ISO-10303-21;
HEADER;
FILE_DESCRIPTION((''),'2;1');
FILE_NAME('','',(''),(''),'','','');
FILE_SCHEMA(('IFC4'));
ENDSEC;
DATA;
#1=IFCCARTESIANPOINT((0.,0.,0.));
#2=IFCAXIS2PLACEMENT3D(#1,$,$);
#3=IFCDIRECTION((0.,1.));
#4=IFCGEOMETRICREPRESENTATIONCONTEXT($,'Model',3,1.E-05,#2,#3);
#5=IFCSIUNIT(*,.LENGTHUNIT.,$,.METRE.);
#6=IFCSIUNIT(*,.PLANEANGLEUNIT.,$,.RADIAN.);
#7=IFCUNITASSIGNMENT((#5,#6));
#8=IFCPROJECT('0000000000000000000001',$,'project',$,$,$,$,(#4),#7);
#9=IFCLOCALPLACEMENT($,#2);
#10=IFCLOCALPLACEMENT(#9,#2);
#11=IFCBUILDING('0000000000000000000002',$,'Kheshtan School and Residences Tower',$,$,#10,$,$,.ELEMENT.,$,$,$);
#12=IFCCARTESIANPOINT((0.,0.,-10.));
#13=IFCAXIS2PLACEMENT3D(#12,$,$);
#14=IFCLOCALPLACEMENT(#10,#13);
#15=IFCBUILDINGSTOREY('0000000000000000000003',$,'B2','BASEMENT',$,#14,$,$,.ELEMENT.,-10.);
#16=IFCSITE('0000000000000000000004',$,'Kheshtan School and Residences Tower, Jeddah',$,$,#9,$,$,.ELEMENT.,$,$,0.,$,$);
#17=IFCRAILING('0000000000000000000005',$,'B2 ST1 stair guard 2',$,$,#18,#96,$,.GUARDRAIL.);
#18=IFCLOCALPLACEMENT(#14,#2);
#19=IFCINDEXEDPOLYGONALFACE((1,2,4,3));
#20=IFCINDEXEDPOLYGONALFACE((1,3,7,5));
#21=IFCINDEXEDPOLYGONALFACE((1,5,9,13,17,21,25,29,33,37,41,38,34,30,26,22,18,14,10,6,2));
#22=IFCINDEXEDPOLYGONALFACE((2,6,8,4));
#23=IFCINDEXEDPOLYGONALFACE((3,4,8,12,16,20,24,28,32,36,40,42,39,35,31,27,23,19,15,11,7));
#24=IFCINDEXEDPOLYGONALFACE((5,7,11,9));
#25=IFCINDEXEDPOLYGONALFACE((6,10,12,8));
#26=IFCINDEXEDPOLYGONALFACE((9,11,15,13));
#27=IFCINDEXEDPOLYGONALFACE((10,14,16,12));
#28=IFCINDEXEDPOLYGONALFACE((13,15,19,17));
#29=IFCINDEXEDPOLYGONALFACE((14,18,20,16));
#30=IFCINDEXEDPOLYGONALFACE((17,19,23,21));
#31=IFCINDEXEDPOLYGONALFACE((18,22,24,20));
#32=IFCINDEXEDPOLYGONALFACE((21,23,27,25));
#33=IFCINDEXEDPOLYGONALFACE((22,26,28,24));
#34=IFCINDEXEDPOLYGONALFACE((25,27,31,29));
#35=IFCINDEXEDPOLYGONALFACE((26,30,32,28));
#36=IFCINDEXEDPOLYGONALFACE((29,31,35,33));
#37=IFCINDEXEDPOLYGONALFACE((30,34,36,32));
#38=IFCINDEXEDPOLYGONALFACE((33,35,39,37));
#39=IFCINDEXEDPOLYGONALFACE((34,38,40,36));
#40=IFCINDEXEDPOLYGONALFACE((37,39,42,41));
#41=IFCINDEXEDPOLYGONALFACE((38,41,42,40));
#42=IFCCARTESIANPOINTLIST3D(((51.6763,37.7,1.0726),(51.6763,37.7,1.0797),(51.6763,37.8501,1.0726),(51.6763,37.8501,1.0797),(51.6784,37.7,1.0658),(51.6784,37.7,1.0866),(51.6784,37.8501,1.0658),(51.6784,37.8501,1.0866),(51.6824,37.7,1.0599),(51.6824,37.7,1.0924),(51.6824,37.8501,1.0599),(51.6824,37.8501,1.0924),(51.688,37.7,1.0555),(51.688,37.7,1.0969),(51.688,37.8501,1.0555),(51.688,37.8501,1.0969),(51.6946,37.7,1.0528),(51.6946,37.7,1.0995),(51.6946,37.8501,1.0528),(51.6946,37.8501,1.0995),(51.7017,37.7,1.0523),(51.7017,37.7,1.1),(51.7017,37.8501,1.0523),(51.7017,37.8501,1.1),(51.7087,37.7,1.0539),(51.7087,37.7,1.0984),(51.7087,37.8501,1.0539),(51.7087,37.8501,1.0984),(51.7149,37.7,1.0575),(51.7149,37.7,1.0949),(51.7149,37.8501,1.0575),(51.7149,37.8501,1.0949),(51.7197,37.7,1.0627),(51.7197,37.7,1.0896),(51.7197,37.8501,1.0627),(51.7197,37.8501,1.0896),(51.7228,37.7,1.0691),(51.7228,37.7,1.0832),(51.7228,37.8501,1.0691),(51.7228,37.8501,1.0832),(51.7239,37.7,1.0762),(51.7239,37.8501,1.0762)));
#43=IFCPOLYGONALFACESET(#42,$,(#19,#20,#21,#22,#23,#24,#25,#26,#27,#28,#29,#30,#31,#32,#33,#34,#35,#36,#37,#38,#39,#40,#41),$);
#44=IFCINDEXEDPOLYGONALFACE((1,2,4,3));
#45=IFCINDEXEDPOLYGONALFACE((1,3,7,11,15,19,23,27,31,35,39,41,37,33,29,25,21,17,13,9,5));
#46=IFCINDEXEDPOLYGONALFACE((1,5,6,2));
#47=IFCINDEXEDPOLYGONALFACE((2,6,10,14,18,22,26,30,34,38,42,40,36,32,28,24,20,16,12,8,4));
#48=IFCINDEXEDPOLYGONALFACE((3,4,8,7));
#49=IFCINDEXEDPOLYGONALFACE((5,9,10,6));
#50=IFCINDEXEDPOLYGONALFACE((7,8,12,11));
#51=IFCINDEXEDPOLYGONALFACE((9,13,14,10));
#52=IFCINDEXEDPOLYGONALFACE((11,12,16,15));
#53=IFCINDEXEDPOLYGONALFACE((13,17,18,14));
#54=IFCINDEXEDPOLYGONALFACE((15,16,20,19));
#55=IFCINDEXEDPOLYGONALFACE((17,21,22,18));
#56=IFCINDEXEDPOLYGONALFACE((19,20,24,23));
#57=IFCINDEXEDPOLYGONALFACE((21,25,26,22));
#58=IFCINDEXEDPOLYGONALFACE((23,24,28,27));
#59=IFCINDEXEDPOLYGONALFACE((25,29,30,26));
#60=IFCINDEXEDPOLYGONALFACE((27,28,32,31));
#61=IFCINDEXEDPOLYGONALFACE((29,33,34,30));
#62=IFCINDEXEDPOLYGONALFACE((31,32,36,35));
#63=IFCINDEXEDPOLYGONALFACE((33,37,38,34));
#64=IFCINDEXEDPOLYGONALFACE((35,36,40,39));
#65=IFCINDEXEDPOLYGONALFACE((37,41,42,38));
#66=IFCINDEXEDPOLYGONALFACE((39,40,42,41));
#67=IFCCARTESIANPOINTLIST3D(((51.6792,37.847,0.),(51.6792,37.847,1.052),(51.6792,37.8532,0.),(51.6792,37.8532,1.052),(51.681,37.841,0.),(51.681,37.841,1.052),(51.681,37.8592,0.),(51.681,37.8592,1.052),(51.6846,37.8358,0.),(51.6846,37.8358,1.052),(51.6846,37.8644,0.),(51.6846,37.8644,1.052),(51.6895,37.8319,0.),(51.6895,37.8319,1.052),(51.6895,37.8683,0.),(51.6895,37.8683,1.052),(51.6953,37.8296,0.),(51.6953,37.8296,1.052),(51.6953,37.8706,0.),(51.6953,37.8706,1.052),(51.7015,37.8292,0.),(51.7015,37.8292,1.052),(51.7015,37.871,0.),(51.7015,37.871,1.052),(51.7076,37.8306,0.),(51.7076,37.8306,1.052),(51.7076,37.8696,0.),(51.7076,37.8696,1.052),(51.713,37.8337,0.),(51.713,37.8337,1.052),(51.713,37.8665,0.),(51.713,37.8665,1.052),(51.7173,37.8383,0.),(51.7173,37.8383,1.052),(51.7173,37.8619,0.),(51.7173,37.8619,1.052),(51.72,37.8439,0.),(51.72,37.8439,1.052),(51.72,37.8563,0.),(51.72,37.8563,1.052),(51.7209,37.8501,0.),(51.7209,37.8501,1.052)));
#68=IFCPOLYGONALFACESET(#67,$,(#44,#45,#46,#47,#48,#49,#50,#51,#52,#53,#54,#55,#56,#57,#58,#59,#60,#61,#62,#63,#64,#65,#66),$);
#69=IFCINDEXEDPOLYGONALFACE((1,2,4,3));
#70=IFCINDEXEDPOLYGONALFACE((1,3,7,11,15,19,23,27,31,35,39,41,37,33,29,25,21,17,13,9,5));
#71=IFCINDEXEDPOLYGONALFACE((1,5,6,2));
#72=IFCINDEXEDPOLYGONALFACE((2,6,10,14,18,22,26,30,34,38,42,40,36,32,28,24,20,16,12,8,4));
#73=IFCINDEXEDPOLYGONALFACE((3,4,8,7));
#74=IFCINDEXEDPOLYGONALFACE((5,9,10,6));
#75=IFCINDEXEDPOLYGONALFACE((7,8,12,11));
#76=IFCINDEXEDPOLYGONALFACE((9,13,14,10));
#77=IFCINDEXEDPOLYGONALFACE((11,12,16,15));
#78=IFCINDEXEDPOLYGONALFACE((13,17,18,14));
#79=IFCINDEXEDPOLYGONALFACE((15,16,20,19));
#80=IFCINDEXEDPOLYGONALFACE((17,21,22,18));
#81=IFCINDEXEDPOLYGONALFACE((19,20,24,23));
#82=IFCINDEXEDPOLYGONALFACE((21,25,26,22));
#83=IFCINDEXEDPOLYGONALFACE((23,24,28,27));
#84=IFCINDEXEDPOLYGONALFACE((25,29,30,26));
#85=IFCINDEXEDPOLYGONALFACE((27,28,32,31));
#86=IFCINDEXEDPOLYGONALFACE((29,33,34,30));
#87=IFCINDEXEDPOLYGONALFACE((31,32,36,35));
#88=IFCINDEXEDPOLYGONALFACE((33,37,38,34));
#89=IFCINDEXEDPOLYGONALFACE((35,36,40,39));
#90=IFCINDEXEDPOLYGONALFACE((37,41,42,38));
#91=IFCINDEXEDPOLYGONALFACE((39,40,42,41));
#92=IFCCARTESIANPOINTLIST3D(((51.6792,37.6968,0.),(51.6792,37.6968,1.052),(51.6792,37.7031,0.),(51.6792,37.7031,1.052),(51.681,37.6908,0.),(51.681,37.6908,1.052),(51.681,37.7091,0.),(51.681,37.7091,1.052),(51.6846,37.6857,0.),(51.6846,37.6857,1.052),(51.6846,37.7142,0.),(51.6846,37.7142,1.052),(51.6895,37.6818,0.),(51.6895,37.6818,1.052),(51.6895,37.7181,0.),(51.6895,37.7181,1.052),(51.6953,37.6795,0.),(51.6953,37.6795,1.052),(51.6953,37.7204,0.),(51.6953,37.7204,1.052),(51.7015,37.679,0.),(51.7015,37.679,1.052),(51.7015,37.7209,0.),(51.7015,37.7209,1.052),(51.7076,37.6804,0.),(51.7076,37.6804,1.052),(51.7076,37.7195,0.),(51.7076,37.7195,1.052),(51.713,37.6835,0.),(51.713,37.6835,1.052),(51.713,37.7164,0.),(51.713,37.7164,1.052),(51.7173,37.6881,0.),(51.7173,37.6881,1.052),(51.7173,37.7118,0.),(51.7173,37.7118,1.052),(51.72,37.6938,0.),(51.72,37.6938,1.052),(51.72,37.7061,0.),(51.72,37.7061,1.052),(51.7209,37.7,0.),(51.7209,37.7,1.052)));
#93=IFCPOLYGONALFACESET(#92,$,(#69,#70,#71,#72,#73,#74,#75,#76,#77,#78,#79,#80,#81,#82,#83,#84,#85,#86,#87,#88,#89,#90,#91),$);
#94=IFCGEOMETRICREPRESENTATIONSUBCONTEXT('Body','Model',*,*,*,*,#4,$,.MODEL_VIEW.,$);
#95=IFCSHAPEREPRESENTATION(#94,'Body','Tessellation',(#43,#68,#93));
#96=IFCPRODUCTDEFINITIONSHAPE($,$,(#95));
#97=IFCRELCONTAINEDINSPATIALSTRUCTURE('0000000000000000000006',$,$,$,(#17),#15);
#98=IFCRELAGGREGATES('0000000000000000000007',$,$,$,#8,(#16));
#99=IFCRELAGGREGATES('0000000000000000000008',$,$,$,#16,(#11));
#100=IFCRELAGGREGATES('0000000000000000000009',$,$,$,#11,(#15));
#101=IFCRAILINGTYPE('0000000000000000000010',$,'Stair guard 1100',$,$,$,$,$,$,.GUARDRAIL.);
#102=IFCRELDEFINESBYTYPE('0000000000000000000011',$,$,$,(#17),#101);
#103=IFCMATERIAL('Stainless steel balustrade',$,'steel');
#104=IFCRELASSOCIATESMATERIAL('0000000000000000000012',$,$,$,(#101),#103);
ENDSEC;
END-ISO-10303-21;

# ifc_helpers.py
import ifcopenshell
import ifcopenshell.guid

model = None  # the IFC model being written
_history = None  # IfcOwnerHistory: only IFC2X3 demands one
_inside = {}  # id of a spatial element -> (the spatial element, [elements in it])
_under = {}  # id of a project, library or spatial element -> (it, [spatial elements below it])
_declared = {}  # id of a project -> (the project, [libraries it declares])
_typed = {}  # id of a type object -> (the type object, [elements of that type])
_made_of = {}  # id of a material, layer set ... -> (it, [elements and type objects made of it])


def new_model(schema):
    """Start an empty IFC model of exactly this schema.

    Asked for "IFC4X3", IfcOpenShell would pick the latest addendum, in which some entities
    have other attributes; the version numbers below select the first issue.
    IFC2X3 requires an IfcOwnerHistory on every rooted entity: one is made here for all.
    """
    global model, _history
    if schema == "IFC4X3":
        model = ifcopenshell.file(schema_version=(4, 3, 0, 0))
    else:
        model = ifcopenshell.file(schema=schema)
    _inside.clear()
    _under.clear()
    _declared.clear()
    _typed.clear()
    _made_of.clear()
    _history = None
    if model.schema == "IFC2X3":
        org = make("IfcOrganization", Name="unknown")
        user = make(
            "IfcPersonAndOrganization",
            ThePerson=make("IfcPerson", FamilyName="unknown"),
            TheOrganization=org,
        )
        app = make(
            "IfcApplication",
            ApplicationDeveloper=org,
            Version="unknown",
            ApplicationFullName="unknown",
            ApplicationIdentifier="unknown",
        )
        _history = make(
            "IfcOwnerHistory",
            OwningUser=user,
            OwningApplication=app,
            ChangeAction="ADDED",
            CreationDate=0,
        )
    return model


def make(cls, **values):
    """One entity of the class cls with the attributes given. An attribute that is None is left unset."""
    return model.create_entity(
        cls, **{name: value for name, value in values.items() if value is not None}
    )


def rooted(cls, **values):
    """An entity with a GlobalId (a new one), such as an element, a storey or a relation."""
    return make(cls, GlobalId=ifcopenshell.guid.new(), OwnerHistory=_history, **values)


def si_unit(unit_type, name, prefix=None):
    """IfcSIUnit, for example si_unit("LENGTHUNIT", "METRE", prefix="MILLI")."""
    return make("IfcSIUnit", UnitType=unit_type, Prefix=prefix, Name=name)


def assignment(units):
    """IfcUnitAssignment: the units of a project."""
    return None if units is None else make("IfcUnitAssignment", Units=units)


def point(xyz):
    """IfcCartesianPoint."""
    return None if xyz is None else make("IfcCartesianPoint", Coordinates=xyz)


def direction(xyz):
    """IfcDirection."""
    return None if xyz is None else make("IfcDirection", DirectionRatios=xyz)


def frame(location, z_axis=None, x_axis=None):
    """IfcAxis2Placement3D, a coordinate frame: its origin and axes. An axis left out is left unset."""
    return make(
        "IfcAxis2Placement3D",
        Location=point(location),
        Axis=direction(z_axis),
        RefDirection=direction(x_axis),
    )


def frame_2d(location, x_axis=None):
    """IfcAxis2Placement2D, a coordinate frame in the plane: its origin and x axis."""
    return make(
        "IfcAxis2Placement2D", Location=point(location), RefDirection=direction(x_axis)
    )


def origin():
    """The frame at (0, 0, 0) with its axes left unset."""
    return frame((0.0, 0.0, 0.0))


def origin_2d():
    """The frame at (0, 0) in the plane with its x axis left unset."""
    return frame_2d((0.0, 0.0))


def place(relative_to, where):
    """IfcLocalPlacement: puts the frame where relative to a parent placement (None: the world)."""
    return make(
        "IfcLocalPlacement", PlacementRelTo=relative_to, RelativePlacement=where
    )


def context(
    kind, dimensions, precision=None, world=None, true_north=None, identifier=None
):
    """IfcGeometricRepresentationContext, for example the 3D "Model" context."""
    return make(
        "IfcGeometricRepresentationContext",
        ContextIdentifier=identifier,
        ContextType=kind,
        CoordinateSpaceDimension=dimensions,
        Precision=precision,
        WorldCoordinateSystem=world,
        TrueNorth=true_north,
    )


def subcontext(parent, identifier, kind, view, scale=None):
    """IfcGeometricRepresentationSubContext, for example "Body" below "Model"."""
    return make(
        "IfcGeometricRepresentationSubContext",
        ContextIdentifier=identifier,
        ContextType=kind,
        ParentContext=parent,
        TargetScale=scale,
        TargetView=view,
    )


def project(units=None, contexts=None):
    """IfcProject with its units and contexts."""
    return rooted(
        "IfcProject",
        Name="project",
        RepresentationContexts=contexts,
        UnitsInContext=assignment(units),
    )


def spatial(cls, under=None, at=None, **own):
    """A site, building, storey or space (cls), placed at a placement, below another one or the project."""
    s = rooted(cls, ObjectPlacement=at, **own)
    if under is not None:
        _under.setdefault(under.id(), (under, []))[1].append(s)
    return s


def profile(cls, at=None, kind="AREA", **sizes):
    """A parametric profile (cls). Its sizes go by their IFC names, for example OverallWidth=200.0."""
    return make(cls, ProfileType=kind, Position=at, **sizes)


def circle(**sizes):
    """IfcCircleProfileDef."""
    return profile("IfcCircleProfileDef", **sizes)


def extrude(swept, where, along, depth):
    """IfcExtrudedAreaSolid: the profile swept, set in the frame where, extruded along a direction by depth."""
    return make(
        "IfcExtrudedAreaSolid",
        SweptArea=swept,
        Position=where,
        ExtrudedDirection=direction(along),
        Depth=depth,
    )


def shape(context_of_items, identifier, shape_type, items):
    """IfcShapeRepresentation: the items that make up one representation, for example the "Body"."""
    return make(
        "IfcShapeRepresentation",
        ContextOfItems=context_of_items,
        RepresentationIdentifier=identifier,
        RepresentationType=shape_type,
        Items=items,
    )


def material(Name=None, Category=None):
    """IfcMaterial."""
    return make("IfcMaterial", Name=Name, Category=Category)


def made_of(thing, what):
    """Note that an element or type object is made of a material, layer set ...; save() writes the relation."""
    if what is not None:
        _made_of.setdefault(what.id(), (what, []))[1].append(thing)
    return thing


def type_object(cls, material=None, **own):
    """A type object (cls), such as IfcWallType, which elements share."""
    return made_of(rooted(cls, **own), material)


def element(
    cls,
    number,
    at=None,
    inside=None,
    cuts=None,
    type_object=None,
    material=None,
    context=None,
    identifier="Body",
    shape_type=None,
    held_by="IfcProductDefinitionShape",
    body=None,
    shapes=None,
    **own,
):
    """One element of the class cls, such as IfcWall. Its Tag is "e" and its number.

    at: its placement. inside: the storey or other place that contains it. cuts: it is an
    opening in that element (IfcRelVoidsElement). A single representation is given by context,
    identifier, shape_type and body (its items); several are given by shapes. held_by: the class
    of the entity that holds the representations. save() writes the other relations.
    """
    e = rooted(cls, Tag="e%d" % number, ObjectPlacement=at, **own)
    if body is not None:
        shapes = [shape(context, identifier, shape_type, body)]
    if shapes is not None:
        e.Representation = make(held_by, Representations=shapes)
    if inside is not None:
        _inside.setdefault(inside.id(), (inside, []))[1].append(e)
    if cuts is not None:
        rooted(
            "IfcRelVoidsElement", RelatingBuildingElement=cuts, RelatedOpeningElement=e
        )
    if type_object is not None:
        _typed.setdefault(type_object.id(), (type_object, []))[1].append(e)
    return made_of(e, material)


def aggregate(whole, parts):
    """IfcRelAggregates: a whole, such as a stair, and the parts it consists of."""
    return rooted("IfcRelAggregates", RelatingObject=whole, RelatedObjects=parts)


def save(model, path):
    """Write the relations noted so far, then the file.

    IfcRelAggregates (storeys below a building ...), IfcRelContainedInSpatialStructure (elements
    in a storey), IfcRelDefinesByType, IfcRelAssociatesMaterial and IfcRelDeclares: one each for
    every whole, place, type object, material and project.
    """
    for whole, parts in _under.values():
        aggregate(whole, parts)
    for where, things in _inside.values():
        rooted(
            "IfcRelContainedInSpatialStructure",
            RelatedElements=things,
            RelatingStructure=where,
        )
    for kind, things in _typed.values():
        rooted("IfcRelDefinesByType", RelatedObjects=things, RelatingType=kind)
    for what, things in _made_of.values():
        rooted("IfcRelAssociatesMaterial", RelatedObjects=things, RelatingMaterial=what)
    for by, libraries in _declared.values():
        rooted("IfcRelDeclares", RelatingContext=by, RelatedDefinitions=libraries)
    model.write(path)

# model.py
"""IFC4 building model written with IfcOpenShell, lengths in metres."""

from ifc_helpers import new_model, si_unit, direction, frame, origin, origin_2d, place, context, subcontext, project, spatial, circle, extrude, material, type_object, element, save


model = new_model("IFC4")

# Units and contexts
model_context = context("Model", 3, precision=1e-05, world=origin(), true_north=direction((0.0, 1.0)))
body_context = subcontext(model_context, "Body", "Model", "MODEL_VIEW")
ifc_project = project(units=[si_unit("LENGTHUNIT", "METRE"), si_unit("PLANEANGLEUNIT", "RADIAN")], contexts=[model_context])

# Site, building, storey
site_placement = place(None, origin())
site = spatial("IfcSite", under=ifc_project, at=site_placement, Name="Kheshtan School and Residences Tower, Jeddah", CompositionType="ELEMENT", RefElevation=0.0)
building_placement = place(site_placement, origin())
building = spatial("IfcBuilding", under=site, at=building_placement, Name="Kheshtan School and Residences Tower", CompositionType="ELEMENT")
storey_placement = place(building_placement, frame((0.0, 0.0, -10.0)))
storey = spatial("IfcBuildingStorey", under=building, at=storey_placement, Name="B2", Description="BASEMENT", CompositionType="ELEMENT", Elevation=-10.0)

# Railing
ifc_material_1 = material(Name="Stainless steel balustrade", Category="steel")
railing_type_1 = type_object("IfcRailingType", Name="Stair guard 1100", PredefinedType="GUARDRAIL", material=ifc_material_1)
railing_1_placement = place(storey_placement, frame((51.7, 37.8501, 0.0)))
element("IfcRailing", 1, at=railing_1_placement, inside=storey, type_object=railing_type_1, Name="B2 ST1 stair guard 2", PredefinedType="GUARDRAIL", context=body_context, shape_type="SweptSolid", body=[
    extrude(circle(Radius=0.0239, at=origin_2d()), frame((0.0, 0.0, 1.0762), z_axis=(0.0, -1.0, 0.0), x_axis=(1.0, 0.0, 0.0)), (0.0, 0.0, 1.0), 0.1501),
    extrude(circle(Radius=0.021, at=origin_2d()), origin(), (0.0, 0.0, 1.0), 1.052),
    extrude(circle(Radius=0.021, at=origin_2d()), frame((0.0, -0.1501, 0.0)), (0.0, 0.0, 1.0), 1.052),
])

save(model, "model.ifc")
